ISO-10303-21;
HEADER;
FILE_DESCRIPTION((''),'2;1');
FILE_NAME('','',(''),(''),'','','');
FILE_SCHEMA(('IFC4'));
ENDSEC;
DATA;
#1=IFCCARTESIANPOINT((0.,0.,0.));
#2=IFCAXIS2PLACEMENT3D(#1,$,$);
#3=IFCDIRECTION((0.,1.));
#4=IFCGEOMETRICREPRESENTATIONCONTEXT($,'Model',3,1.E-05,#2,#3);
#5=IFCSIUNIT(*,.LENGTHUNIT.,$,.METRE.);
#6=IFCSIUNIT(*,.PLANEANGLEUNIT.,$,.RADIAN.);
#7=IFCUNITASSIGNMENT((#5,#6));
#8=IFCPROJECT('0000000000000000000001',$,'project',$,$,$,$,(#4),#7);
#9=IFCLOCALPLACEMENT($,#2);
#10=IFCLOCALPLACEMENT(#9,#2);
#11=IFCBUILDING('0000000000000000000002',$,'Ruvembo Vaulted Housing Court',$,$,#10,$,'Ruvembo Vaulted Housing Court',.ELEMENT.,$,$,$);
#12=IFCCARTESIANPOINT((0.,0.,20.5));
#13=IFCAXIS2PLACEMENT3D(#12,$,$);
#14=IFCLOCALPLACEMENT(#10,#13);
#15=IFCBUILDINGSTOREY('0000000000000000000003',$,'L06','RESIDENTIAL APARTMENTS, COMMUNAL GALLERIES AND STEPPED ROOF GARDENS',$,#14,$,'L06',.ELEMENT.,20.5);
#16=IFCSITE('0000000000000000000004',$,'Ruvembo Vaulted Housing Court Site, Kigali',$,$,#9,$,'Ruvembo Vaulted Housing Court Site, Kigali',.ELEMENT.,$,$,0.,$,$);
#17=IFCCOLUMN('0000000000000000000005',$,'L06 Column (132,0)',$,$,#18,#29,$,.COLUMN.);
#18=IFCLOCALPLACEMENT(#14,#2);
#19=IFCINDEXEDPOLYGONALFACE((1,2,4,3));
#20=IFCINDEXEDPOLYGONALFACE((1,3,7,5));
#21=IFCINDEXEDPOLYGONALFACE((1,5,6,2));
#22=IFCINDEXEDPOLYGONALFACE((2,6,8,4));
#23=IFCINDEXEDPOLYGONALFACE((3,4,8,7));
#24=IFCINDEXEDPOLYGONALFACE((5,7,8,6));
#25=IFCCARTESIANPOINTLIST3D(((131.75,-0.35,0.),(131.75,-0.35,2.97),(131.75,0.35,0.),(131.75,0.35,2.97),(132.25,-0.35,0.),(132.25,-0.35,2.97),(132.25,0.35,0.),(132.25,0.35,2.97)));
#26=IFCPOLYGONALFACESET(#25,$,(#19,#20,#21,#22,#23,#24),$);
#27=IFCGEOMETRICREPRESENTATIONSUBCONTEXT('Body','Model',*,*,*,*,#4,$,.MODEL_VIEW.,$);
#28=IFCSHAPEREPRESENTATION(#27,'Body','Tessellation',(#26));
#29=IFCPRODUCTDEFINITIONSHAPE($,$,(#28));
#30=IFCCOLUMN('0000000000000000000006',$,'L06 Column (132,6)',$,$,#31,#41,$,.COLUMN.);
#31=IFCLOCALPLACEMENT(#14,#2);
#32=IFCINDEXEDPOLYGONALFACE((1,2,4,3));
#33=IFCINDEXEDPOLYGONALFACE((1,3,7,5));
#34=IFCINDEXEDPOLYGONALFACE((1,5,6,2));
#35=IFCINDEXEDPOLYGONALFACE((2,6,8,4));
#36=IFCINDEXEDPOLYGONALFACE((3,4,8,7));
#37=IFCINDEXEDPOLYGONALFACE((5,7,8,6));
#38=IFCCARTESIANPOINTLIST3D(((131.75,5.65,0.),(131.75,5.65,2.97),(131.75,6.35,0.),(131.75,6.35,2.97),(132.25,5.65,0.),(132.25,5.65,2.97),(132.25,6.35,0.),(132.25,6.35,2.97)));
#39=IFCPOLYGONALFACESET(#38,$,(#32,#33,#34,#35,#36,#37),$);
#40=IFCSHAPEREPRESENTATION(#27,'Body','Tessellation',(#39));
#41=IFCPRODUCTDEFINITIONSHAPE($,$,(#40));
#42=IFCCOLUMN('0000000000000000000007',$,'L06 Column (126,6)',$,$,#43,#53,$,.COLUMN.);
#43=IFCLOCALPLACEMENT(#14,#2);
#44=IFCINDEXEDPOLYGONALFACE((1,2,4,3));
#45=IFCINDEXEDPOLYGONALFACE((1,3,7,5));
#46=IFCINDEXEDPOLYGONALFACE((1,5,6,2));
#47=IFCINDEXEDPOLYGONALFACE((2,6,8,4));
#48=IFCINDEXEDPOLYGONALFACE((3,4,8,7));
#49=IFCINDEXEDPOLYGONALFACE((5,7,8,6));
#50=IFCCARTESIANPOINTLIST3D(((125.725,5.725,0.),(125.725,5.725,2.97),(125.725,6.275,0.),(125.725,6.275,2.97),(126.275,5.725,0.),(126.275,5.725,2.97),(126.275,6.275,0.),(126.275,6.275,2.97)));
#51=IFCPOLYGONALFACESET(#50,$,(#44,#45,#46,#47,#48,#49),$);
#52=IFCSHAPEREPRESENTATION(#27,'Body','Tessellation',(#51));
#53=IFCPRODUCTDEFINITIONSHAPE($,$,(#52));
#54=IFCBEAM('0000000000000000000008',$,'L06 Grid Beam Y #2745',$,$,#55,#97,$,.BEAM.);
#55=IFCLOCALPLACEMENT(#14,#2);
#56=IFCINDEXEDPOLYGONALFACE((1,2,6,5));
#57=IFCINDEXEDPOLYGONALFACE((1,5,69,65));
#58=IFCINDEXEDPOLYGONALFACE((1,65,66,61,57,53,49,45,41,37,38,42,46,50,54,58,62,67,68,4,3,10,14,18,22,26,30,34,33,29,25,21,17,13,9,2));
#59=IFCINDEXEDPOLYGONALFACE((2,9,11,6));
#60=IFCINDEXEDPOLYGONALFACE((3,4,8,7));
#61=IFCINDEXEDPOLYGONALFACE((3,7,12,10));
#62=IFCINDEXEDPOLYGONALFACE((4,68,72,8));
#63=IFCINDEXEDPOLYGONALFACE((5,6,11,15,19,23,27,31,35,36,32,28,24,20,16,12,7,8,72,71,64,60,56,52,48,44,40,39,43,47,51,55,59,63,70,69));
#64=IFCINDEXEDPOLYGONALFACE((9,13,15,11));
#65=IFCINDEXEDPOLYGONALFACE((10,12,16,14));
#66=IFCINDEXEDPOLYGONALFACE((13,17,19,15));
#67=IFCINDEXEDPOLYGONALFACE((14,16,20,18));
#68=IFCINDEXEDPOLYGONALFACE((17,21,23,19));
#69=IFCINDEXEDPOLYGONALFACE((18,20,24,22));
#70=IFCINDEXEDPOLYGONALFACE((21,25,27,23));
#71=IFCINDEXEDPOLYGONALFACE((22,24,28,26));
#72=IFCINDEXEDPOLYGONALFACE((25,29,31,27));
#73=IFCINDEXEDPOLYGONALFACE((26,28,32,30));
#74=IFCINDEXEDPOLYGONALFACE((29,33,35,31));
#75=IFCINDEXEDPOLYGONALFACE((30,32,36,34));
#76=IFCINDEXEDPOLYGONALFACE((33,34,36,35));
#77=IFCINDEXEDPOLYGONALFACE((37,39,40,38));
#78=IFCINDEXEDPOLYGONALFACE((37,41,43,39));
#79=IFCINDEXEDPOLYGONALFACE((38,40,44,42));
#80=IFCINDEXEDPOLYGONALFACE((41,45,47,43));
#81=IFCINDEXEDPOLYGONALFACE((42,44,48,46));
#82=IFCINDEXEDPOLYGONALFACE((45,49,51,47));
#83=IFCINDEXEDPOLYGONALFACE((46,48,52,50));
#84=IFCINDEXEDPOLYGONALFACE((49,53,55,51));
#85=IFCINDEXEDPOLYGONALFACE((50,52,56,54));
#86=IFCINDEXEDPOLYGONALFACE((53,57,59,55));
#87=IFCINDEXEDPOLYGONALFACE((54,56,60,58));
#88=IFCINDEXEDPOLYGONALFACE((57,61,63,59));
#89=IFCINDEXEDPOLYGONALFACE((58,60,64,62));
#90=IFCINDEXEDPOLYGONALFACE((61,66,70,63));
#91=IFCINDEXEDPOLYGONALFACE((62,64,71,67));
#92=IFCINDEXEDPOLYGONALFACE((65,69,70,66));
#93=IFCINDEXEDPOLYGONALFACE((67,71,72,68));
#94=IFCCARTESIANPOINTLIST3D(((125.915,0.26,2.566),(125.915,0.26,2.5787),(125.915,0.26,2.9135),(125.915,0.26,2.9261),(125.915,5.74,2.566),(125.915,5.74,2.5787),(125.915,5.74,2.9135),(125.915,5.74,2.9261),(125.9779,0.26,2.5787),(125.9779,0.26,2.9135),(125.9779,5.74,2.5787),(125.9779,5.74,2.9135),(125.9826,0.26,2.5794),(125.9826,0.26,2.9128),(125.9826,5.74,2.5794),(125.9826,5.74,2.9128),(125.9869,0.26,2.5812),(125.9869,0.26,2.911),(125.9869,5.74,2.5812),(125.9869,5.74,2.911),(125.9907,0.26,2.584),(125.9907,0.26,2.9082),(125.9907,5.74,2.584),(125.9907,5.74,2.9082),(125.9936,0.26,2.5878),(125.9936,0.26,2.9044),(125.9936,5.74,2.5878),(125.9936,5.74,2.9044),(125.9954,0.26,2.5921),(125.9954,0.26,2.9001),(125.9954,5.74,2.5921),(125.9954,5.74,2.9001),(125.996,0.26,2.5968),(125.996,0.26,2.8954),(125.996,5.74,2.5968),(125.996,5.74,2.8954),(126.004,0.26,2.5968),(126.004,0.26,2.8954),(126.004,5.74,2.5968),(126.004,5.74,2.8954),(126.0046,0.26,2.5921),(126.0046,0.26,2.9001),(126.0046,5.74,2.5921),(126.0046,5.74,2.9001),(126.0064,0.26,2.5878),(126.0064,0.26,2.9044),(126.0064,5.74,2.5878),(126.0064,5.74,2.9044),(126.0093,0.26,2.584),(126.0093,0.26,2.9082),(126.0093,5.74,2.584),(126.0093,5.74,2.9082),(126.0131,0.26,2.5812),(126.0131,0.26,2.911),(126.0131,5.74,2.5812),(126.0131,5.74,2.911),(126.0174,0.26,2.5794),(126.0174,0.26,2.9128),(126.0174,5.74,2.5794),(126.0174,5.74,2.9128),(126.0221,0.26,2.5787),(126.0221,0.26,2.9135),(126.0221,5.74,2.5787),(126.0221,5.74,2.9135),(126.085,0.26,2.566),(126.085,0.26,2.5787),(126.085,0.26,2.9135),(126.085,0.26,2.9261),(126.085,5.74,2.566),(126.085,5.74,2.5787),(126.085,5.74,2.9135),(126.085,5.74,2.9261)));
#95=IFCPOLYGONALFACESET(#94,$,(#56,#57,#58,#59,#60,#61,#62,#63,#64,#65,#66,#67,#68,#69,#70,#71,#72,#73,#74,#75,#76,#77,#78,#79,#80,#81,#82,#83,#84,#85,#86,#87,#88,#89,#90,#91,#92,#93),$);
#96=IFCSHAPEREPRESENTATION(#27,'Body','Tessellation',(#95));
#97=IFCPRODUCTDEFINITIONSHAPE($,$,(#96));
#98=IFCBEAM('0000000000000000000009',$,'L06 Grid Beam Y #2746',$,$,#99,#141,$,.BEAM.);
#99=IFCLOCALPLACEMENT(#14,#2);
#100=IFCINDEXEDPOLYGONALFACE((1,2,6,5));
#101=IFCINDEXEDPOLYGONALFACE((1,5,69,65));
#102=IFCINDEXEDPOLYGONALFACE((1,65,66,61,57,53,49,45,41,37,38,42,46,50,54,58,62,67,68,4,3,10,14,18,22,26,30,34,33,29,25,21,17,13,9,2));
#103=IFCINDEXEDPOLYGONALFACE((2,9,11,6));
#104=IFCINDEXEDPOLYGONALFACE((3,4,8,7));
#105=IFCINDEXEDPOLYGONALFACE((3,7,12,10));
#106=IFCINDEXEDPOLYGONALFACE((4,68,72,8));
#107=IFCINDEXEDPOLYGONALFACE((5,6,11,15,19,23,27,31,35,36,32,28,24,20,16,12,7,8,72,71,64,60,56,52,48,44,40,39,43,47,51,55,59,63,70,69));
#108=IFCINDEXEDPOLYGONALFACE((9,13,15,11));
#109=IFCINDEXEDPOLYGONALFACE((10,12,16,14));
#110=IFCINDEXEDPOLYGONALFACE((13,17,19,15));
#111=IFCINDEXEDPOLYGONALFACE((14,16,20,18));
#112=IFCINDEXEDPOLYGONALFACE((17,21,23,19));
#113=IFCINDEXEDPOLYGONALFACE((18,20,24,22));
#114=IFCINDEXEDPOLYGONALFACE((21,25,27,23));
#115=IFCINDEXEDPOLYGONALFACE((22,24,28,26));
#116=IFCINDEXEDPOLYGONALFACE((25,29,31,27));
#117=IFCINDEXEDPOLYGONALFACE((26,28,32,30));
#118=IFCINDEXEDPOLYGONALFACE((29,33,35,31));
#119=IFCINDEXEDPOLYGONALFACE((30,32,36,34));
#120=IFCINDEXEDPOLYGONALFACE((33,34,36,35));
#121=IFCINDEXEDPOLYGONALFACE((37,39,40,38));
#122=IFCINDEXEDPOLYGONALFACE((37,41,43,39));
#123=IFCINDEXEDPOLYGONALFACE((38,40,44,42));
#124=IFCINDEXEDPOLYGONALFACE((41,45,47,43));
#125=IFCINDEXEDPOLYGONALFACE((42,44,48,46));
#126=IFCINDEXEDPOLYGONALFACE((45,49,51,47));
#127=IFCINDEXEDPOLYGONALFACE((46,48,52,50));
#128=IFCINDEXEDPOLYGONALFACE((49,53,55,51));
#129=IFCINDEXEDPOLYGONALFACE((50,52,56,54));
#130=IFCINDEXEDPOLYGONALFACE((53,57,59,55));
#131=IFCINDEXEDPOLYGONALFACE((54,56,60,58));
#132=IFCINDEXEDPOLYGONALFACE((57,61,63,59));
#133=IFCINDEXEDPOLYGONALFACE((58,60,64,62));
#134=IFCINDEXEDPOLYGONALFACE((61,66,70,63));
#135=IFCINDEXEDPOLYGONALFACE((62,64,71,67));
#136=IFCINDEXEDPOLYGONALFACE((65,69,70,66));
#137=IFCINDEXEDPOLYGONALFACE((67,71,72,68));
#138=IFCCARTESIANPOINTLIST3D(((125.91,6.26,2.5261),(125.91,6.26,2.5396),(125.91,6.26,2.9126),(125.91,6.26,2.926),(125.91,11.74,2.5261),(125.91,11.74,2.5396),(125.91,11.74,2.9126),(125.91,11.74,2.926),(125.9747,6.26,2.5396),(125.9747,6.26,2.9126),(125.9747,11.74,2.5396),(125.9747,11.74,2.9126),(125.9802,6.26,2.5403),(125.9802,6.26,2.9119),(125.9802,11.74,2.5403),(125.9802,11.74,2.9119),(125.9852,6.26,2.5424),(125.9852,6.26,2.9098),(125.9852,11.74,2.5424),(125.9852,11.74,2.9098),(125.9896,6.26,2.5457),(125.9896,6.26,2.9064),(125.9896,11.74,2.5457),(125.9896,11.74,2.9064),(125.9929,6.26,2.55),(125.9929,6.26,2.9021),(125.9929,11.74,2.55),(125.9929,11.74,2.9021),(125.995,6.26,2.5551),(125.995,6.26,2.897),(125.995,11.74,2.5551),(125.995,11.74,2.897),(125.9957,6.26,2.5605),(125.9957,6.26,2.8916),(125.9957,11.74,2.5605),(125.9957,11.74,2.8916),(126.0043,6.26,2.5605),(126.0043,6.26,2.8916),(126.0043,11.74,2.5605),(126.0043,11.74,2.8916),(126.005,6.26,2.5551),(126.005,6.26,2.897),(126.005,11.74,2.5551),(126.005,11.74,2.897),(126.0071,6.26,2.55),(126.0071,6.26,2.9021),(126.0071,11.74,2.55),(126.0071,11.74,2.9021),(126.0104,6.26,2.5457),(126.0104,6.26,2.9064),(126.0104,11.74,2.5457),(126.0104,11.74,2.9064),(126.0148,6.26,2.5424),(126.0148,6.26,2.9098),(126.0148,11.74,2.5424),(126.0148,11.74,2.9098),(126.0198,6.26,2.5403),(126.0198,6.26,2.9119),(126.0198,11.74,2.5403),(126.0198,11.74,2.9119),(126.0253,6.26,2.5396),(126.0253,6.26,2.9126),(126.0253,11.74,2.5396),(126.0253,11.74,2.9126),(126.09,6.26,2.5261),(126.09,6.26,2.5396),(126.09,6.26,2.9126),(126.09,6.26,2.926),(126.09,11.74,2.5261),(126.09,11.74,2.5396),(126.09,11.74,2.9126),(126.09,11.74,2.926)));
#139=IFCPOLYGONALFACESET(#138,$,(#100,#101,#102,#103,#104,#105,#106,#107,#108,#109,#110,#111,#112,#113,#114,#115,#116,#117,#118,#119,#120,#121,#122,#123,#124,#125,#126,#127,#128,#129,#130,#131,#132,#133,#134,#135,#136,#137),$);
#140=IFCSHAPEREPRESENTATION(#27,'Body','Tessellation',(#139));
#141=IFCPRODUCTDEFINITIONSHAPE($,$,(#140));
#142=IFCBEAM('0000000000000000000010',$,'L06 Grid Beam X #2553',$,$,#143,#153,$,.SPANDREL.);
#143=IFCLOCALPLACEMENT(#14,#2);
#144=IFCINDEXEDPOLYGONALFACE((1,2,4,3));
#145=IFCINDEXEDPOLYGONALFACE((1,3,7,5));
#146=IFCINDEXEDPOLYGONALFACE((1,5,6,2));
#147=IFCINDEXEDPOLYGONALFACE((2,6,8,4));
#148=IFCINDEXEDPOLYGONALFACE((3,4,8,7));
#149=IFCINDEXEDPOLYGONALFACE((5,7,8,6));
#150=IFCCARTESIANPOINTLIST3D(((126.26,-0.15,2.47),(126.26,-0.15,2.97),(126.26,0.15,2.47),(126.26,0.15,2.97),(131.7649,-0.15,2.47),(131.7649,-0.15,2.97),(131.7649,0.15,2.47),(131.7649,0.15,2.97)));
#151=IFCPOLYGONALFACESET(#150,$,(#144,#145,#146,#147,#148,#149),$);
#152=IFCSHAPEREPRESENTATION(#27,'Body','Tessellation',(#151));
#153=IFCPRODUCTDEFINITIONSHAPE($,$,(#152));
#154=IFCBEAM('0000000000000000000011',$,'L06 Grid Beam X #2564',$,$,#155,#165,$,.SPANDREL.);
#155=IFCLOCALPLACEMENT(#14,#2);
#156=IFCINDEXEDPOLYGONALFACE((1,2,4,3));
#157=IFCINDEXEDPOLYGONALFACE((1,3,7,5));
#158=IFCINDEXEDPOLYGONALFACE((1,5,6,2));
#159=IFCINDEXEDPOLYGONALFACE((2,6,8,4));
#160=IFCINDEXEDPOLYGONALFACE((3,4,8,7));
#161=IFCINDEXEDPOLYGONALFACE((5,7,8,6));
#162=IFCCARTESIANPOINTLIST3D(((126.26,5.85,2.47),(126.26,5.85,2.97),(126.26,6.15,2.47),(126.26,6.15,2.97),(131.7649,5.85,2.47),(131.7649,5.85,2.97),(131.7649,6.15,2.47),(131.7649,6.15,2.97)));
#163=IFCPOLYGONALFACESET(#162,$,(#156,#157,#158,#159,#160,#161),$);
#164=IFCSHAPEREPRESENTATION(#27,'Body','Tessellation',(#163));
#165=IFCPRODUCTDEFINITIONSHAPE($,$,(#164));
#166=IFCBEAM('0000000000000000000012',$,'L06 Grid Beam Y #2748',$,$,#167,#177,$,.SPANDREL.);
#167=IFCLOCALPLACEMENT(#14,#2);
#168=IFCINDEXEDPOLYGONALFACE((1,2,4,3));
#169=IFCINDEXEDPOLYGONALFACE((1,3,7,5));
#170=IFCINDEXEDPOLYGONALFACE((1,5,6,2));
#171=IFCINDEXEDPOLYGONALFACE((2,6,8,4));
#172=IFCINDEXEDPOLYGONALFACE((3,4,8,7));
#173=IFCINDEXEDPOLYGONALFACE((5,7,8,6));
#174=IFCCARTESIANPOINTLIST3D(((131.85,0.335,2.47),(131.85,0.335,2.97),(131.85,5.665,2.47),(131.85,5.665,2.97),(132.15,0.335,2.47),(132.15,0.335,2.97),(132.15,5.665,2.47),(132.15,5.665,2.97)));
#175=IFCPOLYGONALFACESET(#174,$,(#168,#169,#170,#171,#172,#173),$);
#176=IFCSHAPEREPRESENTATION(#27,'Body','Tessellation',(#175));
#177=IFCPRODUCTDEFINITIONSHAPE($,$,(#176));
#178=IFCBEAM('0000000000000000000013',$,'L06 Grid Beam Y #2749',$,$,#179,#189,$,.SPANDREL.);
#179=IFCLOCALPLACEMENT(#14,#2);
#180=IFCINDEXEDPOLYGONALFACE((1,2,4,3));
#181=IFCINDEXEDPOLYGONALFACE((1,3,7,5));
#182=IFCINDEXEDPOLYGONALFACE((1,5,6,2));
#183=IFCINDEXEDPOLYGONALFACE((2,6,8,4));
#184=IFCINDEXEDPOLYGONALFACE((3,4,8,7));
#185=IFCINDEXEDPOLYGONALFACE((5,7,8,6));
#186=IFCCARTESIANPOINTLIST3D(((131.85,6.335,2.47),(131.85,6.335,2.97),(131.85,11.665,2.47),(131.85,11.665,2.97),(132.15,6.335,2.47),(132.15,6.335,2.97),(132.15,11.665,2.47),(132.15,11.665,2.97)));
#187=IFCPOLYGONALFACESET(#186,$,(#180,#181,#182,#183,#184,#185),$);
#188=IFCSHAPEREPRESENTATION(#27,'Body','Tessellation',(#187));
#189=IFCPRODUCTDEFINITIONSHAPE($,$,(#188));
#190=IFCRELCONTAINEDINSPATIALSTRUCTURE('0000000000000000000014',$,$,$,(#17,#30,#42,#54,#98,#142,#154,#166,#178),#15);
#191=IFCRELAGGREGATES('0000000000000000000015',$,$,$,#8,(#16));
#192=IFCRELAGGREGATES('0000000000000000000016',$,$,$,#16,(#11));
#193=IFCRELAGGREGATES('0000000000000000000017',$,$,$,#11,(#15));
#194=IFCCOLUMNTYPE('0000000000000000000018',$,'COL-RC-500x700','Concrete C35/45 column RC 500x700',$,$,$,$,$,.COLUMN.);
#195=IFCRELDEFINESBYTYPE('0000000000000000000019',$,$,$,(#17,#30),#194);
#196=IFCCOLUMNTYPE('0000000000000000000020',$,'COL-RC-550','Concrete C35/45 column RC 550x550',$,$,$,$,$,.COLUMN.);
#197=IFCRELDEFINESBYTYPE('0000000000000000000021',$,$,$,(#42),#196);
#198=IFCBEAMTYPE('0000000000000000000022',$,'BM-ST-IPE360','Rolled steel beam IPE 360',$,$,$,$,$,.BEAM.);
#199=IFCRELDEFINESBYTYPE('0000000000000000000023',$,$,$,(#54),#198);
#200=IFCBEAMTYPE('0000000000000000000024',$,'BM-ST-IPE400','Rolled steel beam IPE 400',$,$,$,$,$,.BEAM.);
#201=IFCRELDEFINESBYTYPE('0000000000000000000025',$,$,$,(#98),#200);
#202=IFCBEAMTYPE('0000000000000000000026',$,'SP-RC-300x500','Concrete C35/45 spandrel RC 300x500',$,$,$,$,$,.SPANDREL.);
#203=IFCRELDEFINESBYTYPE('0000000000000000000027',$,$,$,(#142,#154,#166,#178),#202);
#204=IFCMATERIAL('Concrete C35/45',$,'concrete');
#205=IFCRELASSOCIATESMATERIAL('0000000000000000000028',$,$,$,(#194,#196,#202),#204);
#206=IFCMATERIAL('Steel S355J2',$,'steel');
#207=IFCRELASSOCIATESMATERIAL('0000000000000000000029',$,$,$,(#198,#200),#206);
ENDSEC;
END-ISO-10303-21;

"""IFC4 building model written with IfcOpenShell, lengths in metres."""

from ifc_helpers import new_model, si_unit, direction, frame, origin, origin_2d, place, context, subcontext, project, spatial, rectangle, i_section, extrude, material, material_profile, profile_set, type_object, element, save


model = new_model("IFC4")

# Units and contexts
model_context = context("Model", 3, precision=1e-05, world=origin(), true_north=direction((0.0, 1.0)))
body_context = subcontext(model_context, "Body", "Model", "MODEL_VIEW")
ifc_project = project(units=[si_unit("LENGTHUNIT", "METRE"), si_unit("PLANEANGLEUNIT", "RADIAN")], contexts=[model_context])

# Site, building, storey
site_placement = place(None, origin())
site = spatial("IfcSite", under=ifc_project, at=site_placement, Name="Ruvembo Vaulted Housing Court Site, Kigali", LongName="Ruvembo Vaulted Housing Court Site, Kigali", CompositionType="ELEMENT", RefElevation=0.0)
building_placement = place(site_placement, origin())
building = spatial("IfcBuilding", under=site, at=building_placement, Name="Ruvembo Vaulted Housing Court", LongName="Ruvembo Vaulted Housing Court", CompositionType="ELEMENT")
storey_placement = place(building_placement, frame((0.0, 0.0, 20.5)))
storey = spatial("IfcBuildingStorey", under=building, at=storey_placement, Name="L06", Description="RESIDENTIAL APARTMENTS, COMMUNAL GALLERIES AND STEPPED ROOF GARDENS", LongName="L06", CompositionType="ELEMENT", Elevation=20.5)

# Columns
ifc_material_1 = material(Name="Concrete C35/45", Category="concrete")
ifc_material_profile_1 = material_profile(ifc_material_1, rectangle(XDim=0.5, YDim=0.7, at=origin_2d()), Name="RC 500x700")
ifc_profile_set_1 = profile_set([ifc_material_profile_1], Name="Concrete C35/45")
column_type_1 = type_object("IfcColumnType", Name="COL-RC-500x700", Description="Concrete C35/45 column RC 500x700", PredefinedType="COLUMN", material=ifc_profile_set_1)
for number, where, z_axis, x_axis, name in (
    (1, (132.0, 0.0, 0.0), (0.0, 0.0, 1.0), (1.0, 0.0, 0.0), "L06 Column (132,0)"),
    (2, (132.0, 6.0, 0.0), (0.0, 0.0, 1.0), (1.0, 0.0, 0.0), "L06 Column (132,6)"),
):
    element("IfcColumn", number, at=place(storey_placement, frame(where, z_axis=z_axis, x_axis=x_axis)), inside=storey, type_object=column_type_1, Name=name, PredefinedType="COLUMN", context=body_context, shape_type="SweptSolid", body=[
        extrude(rectangle(XDim=0.5, YDim=0.7, at=origin_2d()), origin(), (0.0, 0.0, 1.0), 2.97),
    ])
ifc_material_profile_2 = material_profile(ifc_material_1, rectangle(XDim=0.55, YDim=0.55, at=origin_2d()), Name="RC 550x550")
ifc_profile_set_2 = profile_set([ifc_material_profile_2], Name="Concrete C35/45")
column_type_2 = type_object("IfcColumnType", Name="COL-RC-550", Description="Concrete C35/45 column RC 550x550", PredefinedType="COLUMN", material=ifc_profile_set_2)
column_placement = place(storey_placement, frame((126.0, 6.0, 0.0), z_axis=(0.0, 0.0, 1.0), x_axis=(1.0, 0.0, 0.0)))
element("IfcColumn", 3, at=column_placement, inside=storey, type_object=column_type_2, Name="L06 Column (126,6)", PredefinedType="COLUMN", context=body_context, shape_type="SweptSolid", body=[
    extrude(rectangle(XDim=0.55, YDim=0.55, at=origin_2d()), origin(), (0.0, 0.0, 1.0), 2.97),
])

# Beams
ifc_material_2 = material(Name="Steel S355J2", Category="steel")
ifc_material_profile_3 = material_profile(ifc_material_2, i_section(OverallWidth=0.1699, OverallDepth=0.3601, WebThickness=0.0081, FlangeThickness=0.0127, FilletRadius=0.0181, at=origin_2d()), Name="IPE 360")
ifc_profile_set_3 = profile_set([ifc_material_profile_3], Name="Steel S355J2")
beam_type_1 = type_object("IfcBeamType", Name="BM-ST-IPE360", Description="Rolled steel beam IPE 360", PredefinedType="BEAM", material=ifc_profile_set_3)
beam_1_placement = place(storey_placement, frame((126.0, 0.26, 2.7461), z_axis=(0.0, 1.0, 0.0), x_axis=(-1.0, 0.0, 0.0)))
element("IfcBeam", 4, at=beam_1_placement, inside=storey, type_object=beam_type_1, Name="L06 Grid Beam Y #2745", PredefinedType="BEAM", context=body_context, shape_type="SweptSolid", body=[
    extrude(i_section(OverallWidth=0.1699, OverallDepth=0.3601, WebThickness=0.0081, FlangeThickness=0.0127, FilletRadius=0.0181, at=origin_2d()), origin(), (0.0, 0.0, 1.0), 5.48),
])
ifc_material_profile_4 = material_profile(ifc_material_2, i_section(OverallWidth=0.1799, OverallDepth=0.3999, WebThickness=0.0085, FlangeThickness=0.0134, FilletRadius=0.021, at=origin_2d()), Name="IPE 400")
ifc_profile_set_4 = profile_set([ifc_material_profile_4], Name="Steel S355J2")
beam_type_2 = type_object("IfcBeamType", Name="BM-ST-IPE400", Description="Rolled steel beam IPE 400", PredefinedType="BEAM", material=ifc_profile_set_4)
beam_2_placement = place(storey_placement, frame((126.0, 6.26, 2.7261), z_axis=(0.0, 1.0, 0.0), x_axis=(-1.0, 0.0, 0.0)))
element("IfcBeam", 5, at=beam_2_placement, inside=storey, type_object=beam_type_2, Name="L06 Grid Beam Y #2746", PredefinedType="BEAM", context=body_context, shape_type="SweptSolid", body=[
    extrude(i_section(OverallWidth=0.1799, OverallDepth=0.3999, WebThickness=0.0085, FlangeThickness=0.0134, FilletRadius=0.021, at=origin_2d()), origin(), (0.0, 0.0, 1.0), 5.48),
])
ifc_material_profile_5 = material_profile(ifc_material_1, rectangle(XDim=0.3, YDim=0.5, at=origin_2d()), Name="RC 300x500")
ifc_profile_set_5 = profile_set([ifc_material_profile_5], Name="Concrete C35/45")
beam_type_3 = type_object("IfcBeamType", Name="SP-RC-300x500", Description="Concrete C35/45 spandrel RC 300x500", PredefinedType="SPANDREL", material=ifc_profile_set_5)
for number, where, z_axis, x_axis, name in (
    (6, (126.26, 0.0, 2.72), (1.0, 0.0, 0.0), (0.0, 1.0, 0.0), "L06 Grid Beam X #2553"),
    (7, (126.26, 6.0, 2.72), (1.0, 0.0, 0.0), (0.0, 1.0, 0.0), "L06 Grid Beam X #2564"),
):
    element("IfcBeam", number, at=place(storey_placement, frame(where, z_axis=z_axis, x_axis=x_axis)), inside=storey, type_object=beam_type_3, Name=name, PredefinedType="SPANDREL", context=body_context, shape_type="SweptSolid", body=[
        extrude(rectangle(XDim=0.3, YDim=0.5, at=origin_2d()), origin(), (0.0, 0.0, 1.0), 5.5049),
    ])
for number, where, z_axis, x_axis, name in (
    (8, (132.0, 0.335, 2.72), (0.0, 1.0, 0.0), (-1.0, 0.0, 0.0), "L06 Grid Beam Y #2748"),
    (9, (132.0, 6.335, 2.72), (0.0, 1.0, 0.0), (-1.0, 0.0, 0.0), "L06 Grid Beam Y #2749"),
):
    element("IfcBeam", number, at=place(storey_placement, frame(where, z_axis=z_axis, x_axis=x_axis)), inside=storey, type_object=beam_type_3, Name=name, PredefinedType="SPANDREL", context=body_context, shape_type="SweptSolid", body=[
        extrude(rectangle(XDim=0.3, YDim=0.5, at=origin_2d()), origin(), (0.0, 0.0, 1.0), 5.3301),
    ])

save(model, "model.ifc")
